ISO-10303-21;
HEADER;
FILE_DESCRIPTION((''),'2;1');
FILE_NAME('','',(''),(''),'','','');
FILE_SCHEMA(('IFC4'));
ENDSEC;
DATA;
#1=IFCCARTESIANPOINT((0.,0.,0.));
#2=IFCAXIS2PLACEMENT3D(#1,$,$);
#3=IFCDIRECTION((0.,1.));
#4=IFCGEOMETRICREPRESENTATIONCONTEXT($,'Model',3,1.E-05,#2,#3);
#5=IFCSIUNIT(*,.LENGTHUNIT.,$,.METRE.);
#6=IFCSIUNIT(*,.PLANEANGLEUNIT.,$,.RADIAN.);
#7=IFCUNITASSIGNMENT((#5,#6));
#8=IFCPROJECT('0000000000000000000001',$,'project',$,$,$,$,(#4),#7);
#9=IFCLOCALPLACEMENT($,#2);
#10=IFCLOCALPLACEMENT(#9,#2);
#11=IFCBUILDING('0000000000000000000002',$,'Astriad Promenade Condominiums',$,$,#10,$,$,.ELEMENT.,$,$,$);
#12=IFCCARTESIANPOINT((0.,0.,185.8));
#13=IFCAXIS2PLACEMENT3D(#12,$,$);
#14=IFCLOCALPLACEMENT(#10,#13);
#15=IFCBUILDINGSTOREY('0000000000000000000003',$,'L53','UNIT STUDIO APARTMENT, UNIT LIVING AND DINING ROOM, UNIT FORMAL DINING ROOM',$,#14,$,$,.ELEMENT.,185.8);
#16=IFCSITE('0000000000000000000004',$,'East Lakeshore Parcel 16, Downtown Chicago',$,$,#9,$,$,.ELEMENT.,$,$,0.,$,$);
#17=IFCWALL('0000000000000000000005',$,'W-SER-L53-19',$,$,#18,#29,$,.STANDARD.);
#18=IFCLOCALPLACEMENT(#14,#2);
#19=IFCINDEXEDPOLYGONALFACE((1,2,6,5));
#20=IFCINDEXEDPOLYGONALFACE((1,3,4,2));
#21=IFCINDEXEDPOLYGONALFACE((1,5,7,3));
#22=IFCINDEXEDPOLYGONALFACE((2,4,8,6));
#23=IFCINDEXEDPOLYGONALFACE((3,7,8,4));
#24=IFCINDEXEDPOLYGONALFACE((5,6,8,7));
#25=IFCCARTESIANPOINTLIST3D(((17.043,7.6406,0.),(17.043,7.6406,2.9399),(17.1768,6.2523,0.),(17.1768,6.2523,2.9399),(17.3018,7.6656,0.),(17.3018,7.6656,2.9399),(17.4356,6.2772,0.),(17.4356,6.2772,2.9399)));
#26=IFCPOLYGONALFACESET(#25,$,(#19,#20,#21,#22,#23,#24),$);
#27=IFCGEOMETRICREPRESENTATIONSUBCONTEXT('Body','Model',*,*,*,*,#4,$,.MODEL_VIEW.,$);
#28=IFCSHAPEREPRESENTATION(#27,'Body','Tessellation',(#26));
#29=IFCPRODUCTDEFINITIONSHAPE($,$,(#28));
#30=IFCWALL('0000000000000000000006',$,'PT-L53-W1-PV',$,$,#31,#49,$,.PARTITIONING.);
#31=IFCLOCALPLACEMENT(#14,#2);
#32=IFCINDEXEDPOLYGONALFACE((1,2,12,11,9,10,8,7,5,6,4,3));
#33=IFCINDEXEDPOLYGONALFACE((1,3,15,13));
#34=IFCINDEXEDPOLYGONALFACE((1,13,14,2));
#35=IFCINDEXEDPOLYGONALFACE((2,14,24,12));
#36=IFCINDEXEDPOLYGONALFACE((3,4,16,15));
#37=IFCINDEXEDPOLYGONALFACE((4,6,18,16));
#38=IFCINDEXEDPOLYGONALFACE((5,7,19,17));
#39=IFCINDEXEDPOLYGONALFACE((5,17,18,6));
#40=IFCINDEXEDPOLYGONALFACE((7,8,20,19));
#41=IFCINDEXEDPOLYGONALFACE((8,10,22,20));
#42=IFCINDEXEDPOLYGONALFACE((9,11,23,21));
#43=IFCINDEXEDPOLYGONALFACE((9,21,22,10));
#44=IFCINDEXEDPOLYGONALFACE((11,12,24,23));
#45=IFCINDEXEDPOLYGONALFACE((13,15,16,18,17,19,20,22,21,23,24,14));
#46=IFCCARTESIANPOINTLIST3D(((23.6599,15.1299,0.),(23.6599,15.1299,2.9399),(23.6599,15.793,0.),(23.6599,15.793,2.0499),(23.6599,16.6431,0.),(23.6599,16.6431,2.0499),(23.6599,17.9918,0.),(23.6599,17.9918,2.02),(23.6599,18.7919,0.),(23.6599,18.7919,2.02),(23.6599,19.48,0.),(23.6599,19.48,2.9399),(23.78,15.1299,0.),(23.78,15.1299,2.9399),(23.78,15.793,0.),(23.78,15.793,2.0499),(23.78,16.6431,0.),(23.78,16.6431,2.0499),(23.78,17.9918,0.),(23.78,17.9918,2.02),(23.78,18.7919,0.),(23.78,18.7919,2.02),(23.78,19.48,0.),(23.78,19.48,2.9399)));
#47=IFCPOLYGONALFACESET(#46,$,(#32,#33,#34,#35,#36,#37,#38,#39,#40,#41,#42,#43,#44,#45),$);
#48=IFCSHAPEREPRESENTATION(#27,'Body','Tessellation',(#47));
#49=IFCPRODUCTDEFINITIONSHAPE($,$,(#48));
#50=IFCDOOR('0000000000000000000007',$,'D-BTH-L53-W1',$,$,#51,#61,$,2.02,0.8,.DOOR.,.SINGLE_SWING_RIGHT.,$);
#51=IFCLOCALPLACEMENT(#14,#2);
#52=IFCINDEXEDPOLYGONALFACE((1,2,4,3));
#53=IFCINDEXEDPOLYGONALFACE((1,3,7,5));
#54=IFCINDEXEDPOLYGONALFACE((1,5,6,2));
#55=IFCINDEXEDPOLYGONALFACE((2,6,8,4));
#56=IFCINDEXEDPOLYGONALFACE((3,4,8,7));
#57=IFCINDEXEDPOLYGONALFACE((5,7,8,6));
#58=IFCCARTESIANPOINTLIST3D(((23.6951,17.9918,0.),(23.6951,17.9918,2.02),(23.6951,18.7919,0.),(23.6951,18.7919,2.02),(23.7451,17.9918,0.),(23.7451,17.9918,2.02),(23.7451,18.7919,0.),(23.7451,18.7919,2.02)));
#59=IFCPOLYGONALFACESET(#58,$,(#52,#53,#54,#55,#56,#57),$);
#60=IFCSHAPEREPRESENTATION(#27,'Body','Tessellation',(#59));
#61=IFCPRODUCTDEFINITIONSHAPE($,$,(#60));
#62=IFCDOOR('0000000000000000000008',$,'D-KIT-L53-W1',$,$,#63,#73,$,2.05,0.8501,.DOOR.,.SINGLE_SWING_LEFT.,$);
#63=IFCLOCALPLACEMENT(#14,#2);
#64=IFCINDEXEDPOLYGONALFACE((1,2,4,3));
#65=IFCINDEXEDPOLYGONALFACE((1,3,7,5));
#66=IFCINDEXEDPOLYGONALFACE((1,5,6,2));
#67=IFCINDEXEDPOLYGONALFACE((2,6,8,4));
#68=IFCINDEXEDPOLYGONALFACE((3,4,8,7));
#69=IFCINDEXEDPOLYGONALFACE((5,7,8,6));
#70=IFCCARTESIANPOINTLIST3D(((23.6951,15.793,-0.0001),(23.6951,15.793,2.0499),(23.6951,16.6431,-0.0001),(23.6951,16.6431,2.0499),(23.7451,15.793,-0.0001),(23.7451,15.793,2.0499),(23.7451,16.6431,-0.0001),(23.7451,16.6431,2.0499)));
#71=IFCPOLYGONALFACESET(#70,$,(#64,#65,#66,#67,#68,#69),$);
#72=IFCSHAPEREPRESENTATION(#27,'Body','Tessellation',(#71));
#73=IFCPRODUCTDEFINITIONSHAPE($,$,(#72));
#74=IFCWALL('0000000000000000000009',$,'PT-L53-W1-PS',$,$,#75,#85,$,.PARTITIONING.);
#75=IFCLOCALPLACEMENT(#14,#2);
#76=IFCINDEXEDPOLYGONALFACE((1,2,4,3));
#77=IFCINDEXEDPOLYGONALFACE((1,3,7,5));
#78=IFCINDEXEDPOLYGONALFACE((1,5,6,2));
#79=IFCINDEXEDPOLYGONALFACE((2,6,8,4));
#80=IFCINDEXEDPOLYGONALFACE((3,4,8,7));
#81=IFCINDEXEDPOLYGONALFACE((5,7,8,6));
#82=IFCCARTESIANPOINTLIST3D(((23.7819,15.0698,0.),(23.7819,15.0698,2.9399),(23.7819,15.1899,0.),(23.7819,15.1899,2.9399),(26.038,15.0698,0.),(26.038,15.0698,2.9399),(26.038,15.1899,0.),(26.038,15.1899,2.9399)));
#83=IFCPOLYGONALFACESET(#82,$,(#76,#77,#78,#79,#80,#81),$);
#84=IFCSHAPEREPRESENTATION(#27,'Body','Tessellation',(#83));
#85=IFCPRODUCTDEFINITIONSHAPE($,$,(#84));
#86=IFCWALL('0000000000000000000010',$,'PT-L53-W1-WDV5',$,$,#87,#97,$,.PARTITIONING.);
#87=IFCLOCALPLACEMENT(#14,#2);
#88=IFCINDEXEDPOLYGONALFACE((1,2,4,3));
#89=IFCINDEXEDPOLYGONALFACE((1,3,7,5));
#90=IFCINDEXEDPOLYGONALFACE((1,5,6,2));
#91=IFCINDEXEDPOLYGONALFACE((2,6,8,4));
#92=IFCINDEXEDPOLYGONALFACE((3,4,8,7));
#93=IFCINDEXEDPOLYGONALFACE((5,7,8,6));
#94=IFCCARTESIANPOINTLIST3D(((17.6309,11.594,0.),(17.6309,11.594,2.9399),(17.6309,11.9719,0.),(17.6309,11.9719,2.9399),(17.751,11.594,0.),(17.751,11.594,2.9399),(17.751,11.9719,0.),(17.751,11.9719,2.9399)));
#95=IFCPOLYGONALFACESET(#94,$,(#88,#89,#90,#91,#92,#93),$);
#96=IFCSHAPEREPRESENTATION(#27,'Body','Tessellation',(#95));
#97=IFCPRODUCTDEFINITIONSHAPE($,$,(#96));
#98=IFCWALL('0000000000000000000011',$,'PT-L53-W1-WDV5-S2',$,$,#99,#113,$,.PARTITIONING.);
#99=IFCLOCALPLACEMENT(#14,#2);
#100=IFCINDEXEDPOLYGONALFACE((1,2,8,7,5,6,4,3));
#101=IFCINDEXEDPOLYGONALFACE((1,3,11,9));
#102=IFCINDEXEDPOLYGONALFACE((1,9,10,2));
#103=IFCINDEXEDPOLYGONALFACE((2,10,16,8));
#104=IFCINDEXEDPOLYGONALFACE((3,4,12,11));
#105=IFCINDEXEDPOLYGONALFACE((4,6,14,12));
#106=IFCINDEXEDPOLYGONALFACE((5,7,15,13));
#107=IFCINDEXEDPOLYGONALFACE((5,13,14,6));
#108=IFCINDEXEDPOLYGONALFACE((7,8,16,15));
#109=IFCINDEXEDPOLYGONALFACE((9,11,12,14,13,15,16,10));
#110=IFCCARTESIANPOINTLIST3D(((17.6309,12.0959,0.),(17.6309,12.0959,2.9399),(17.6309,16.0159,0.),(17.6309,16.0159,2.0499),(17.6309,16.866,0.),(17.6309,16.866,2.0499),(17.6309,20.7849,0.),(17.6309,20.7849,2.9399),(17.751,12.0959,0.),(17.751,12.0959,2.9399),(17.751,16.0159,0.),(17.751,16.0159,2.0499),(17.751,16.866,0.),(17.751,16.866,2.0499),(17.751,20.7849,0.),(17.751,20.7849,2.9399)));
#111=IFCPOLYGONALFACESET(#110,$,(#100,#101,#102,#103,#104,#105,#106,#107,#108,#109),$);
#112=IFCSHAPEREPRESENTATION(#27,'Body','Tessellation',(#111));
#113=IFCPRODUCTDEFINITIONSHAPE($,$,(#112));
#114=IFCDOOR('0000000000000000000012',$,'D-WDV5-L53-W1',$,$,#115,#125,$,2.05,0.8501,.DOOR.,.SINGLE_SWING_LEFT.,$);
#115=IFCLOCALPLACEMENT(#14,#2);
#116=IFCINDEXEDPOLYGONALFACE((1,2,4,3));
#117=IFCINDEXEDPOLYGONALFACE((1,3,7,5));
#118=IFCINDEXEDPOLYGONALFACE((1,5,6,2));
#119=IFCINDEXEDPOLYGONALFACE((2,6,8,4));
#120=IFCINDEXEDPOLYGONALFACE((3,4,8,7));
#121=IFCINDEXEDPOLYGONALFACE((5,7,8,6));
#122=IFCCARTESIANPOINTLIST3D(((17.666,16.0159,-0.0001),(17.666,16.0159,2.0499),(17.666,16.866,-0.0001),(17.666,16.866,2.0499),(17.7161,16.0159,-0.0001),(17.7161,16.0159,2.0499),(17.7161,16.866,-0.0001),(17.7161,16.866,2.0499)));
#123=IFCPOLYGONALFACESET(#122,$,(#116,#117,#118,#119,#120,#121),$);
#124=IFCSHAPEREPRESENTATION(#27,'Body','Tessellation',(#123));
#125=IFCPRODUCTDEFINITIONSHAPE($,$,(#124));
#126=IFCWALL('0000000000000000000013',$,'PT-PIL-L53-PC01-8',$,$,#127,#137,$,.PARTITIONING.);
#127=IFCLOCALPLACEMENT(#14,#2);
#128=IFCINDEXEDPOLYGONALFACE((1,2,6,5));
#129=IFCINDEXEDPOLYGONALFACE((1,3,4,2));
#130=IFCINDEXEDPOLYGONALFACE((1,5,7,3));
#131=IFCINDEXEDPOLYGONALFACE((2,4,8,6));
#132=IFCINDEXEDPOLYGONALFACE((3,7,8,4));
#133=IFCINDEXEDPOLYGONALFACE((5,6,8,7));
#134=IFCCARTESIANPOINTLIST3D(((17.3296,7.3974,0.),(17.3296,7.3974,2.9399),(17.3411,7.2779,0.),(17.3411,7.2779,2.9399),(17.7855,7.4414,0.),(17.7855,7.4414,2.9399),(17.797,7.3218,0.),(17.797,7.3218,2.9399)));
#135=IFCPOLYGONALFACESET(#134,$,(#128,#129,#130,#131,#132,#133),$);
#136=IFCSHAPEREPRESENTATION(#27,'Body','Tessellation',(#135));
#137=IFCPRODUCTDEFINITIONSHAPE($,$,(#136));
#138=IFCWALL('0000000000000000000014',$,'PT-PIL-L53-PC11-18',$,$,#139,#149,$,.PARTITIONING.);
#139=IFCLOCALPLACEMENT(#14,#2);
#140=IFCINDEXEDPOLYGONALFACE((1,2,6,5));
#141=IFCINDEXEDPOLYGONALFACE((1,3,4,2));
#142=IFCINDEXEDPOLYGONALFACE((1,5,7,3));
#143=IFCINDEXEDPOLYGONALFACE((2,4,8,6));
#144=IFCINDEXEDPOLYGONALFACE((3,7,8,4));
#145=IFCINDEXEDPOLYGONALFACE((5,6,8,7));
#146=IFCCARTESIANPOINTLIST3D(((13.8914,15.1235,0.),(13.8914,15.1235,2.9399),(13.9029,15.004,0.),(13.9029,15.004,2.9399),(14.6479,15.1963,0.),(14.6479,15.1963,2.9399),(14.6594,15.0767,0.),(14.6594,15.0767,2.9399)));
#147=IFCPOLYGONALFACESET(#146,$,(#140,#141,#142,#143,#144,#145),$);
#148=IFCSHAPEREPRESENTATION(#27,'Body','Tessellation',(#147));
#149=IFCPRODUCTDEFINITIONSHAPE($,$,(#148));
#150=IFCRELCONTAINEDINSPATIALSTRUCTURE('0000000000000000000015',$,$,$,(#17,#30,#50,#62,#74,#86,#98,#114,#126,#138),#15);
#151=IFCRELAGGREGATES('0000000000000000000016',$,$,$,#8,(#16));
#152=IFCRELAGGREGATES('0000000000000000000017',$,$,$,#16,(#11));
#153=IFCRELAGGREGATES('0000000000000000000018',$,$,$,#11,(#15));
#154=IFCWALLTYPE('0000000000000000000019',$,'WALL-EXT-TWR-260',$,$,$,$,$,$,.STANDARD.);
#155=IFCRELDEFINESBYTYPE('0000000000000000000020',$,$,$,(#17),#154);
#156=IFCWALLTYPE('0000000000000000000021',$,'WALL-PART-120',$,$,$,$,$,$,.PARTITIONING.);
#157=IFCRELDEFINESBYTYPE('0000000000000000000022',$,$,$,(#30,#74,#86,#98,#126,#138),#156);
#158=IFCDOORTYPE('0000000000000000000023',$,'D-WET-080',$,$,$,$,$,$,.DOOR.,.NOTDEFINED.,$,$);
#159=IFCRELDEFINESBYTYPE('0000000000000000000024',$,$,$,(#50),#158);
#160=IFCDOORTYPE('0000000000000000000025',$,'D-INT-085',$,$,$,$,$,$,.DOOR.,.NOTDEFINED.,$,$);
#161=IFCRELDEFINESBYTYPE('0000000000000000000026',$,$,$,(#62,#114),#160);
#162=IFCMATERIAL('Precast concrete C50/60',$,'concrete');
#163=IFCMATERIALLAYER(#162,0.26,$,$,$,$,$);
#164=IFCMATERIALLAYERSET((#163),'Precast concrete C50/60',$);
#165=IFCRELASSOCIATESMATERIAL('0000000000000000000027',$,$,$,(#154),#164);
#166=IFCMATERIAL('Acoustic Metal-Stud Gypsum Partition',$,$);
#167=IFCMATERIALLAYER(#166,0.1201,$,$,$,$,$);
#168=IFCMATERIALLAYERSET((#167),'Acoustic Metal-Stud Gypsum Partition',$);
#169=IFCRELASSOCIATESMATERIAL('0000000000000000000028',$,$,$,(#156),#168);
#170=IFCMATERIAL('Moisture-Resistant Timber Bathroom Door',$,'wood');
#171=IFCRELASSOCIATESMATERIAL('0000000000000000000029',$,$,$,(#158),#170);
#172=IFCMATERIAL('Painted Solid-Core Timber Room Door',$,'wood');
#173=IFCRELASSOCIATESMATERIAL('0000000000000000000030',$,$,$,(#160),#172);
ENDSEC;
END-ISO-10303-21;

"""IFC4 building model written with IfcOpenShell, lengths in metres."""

from ifc_helpers import new_model, si_unit, direction, frame, frame_2d, origin, place, context, subcontext, project, spatial, rectangle, extrude, source, transform, mapped, material, layer, layer_set, type_object, type_shapes, element, fill, save


model = new_model("IFC4")

# Units and contexts
model_context = context("Model", 3, precision=1e-05, world=origin(), true_north=direction((0.0, 1.0)))
body_context = subcontext(model_context, "Body", "Model", "MODEL_VIEW")
ifc_project = project(units=[si_unit("LENGTHUNIT", "METRE"), si_unit("PLANEANGLEUNIT", "RADIAN")], contexts=[model_context])

# Site, building, storey
site_placement = place(None, origin())
site = spatial("IfcSite", under=ifc_project, at=site_placement, Name="East Lakeshore Parcel 16, Downtown Chicago", CompositionType="ELEMENT", RefElevation=0.0)
building_placement = place(site_placement, origin())
building = spatial("IfcBuilding", under=site, at=building_placement, Name="Astriad Promenade Condominiums", CompositionType="ELEMENT")
storey_placement = place(building_placement, frame((0.0, 0.0, 185.8)))
storey = spatial("IfcBuildingStorey", under=building, at=storey_placement, Name="L53", Description="UNIT STUDIO APARTMENT, UNIT LIVING AND DINING ROOM, UNIT FORMAL DINING ROOM", CompositionType="ELEMENT", Elevation=185.8)

# Wall
ifc_material_1 = material(Name="Precast concrete C50/60", Category="concrete")
ifc_layer_1 = layer(ifc_material_1, 0.26)
ifc_layer_set_1 = layer_set([ifc_layer_1], Name="Precast concrete C50/60")
wall_type_1 = type_object("IfcWallType", Name="WALL-EXT-TWR-260", PredefinedType="STANDARD", material=ifc_layer_set_1)
wall_1_placement = place(storey_placement, frame((17.3062, 6.2649, 0.0), z_axis=(0.0, 0.0, 1.0), x_axis=(-0.095916, 0.995389, 0.0)))
element("IfcWall", 1, at=wall_1_placement, inside=storey, type_object=wall_type_1, Name="W-SER-L53-19", PredefinedType="STANDARD", context=body_context, shape_type="SweptSolid", body=[
    extrude(rectangle(XDim=1.3948, YDim=0.26, at=frame_2d((0.6973, 0.0))), origin(), (0.0, 0.0, 1.0), 2.9399),
])

# Wall, openings, doors
ifc_material_2 = material(Name="Acoustic Metal-Stud Gypsum Partition")
ifc_layer_2 = layer(ifc_material_2, 0.1201)
ifc_layer_set_2 = layer_set([ifc_layer_2], Name="Acoustic Metal-Stud Gypsum Partition")
wall_type_2 = type_object("IfcWallType", Name="WALL-PART-120", PredefinedType="PARTITIONING", material=ifc_layer_set_2)
wall_2_placement = place(storey_placement, frame((23.72, 15.1299, 0.0), z_axis=(0.0, 0.0, 1.0), x_axis=(0.0, 1.0, 0.0)))
wall_2 = element("IfcWall", 2, at=wall_2_placement, inside=storey, type_object=wall_type_2, Name="PT-L53-W1-PV", PredefinedType="PARTITIONING", context=body_context, shape_type="SweptSolid", body=[
    extrude(rectangle(XDim=4.3501, YDim=0.1201, at=frame_2d((2.175, 0.0))), origin(), (0.0, 0.0, 1.0), 2.9399),
])
opening_1_placement = place(wall_2_placement, frame((0.6631, 0.0, 0.0)))
opening_1 = element("IfcOpeningElement", 3, at=opening_1_placement, cuts=wall_2, PredefinedType="OPENING", context=body_context, shape_type="SweptSolid", body=[
    extrude(rectangle(XDim=0.8501, YDim=2.05, at=frame_2d((0.425, 1.0249))), frame((0.0, 0.0701, 0.0), z_axis=(0.0, -1.0, 0.0), x_axis=(1.0, 0.0, 0.0)), (0.0, 0.0, 1.0), 0.1401),
])
opening_2_placement = place(wall_2_placement, frame((2.8621, 0.0, 0.0)))
opening_2 = element("IfcOpeningElement", 4, at=opening_2_placement, cuts=wall_2, PredefinedType="OPENING", context=body_context, shape_type="SweptSolid", body=[
    extrude(rectangle(XDim=0.8, YDim=2.02, at=frame_2d((0.3999, 1.01))), frame((0.0, 0.0701, 0.0), z_axis=(0.0, -1.0, 0.0), x_axis=(1.0, 0.0, 0.0)), (0.0, 0.0, 1.0), 0.1401),
])
ifc_material_3 = material(Name="Moisture-Resistant Timber Bathroom Door", Category="wood")
door_type_1 = type_object("IfcDoorType", Name="D-WET-080", OperationType="NOTDEFINED", PredefinedType="DOOR", material=ifc_material_3)
shared_shape_1 = source(origin(), body_context, "Body", "SweptSolid", [
    extrude(rectangle(XDim=0.8, YDim=2.02, at=frame_2d((0.3999, 1.01))), frame((0.0, 0.0249, 0.0), z_axis=(0.0, -1.0, 0.0), x_axis=(1.0, 0.0, 0.0)), (0.0, 0.0, 1.0), 0.05),
])
type_shapes(door_type_1, [shared_shape_1])
door_1_placement = place(opening_2_placement, origin())
door_1 = element("IfcDoor", 5, at=door_1_placement, inside=storey, type_object=door_type_1, Name="D-BTH-L53-W1", OperationType="SINGLE_SWING_RIGHT", OverallHeight=2.02, OverallWidth=0.8, PredefinedType="DOOR", context=body_context, shape_type="MappedRepresentation", body=[
    mapped(shared_shape_1, transform((0.0, 0.0, 0.0), scale=1.0)),
])
fill(opening_2, door_1)
ifc_material_4 = material(Name="Painted Solid-Core Timber Room Door", Category="wood")
door_type_2 = type_object("IfcDoorType", Name="D-INT-085", OperationType="NOTDEFINED", PredefinedType="DOOR", material=ifc_material_4)
shared_shape_2 = source(origin(), body_context, "Body", "SweptSolid", [
    extrude(rectangle(XDim=0.8501, YDim=2.05, at=frame_2d((0.425, 1.0249))), frame((0.0, 0.0249, 0.0), z_axis=(0.0, -1.0, 0.0), x_axis=(1.0, 0.0, 0.0)), (0.0, 0.0, 1.0), 0.05),
])
type_shapes(door_type_2, [shared_shape_2])
door_2_placement = place(opening_1_placement, origin())
door_2 = element("IfcDoor", 6, at=door_2_placement, inside=storey, type_object=door_type_2, Name="D-KIT-L53-W1", OperationType="SINGLE_SWING_LEFT", OverallHeight=2.05, OverallWidth=0.8501, PredefinedType="DOOR", context=body_context, shape_type="MappedRepresentation", body=[
    mapped(shared_shape_2, transform((0.0, 0.0, 0.0), scale=1.0)),
])
fill(opening_1, door_2)

# Walls
wall_3_placement = place(storey_placement, frame((23.782, 15.1299, 0.0), z_axis=(0.0, 0.0, 1.0), x_axis=(1.0, 0.0, 0.0)))
element("IfcWall", 7, at=wall_3_placement, inside=storey, type_object=wall_type_2, Name="PT-L53-W1-PS", PredefinedType="PARTITIONING", context=body_context, shape_type="SweptSolid", body=[
    extrude(rectangle(XDim=2.2561, YDim=0.1201, at=frame_2d((1.1279, 0.0))), origin(), (0.0, 0.0, 1.0), 2.9399),
])
wall_4_placement = place(storey_placement, frame((17.6909, 11.594, 0.0), z_axis=(0.0, 0.0, 1.0), x_axis=(0.0, 1.0, 0.0)))
element("IfcWall", 8, at=wall_4_placement, inside=storey, type_object=wall_type_2, Name="PT-L53-W1-WDV5", PredefinedType="PARTITIONING", context=body_context, shape_type="SweptSolid", body=[
    extrude(rectangle(XDim=0.3779, YDim=0.1201, at=frame_2d((0.189, 0.0))), origin(), (0.0, 0.0, 1.0), 2.9399),
])

# Wall, opening, door
wall_5_placement = place(storey_placement, frame((17.6909, 12.0959, 0.0), z_axis=(0.0, 0.0, 1.0), x_axis=(0.0, 1.0, 0.0)))
wall_5 = element("IfcWall", 9, at=wall_5_placement, inside=storey, type_object=wall_type_2, Name="PT-L53-W1-WDV5-S2", PredefinedType="PARTITIONING", context=body_context, shape_type="SweptSolid", body=[
    extrude(rectangle(XDim=8.689, YDim=0.1201, at=frame_2d((4.3445, 0.0))), origin(), (0.0, 0.0, 1.0), 2.9399),
])
opening_3_placement = place(wall_5_placement, frame((3.9199, 0.0, 0.0)))
opening_3 = element("IfcOpeningElement", 10, at=opening_3_placement, cuts=wall_5, PredefinedType="OPENING", context=body_context, shape_type="SweptSolid", body=[
    extrude(rectangle(XDim=0.8501, YDim=2.05, at=frame_2d((0.425, 1.0249))), frame((0.0, 0.0701, 0.0), z_axis=(0.0, -1.0, 0.0), x_axis=(1.0, 0.0, 0.0)), (0.0, 0.0, 1.0), 0.1401),
])
door_3_placement = place(opening_3_placement, origin())
door_3 = element("IfcDoor", 11, at=door_3_placement, inside=storey, type_object=door_type_2, Name="D-WDV5-L53-W1", OperationType="SINGLE_SWING_LEFT", OverallHeight=2.05, OverallWidth=0.8501, PredefinedType="DOOR", context=body_context, shape_type="MappedRepresentation", body=[
    mapped(shared_shape_2, transform((0.0, 0.0, 0.0), scale=1.0)),
])
fill(opening_3, door_3)

# Walls
wall_6_placement = place(storey_placement, frame((17.7913, 7.3816, 0.0), z_axis=(0.0, 0.0, 1.0), x_axis=(-0.995385, -0.095966, 0.0)))
element("IfcWall", 12, at=wall_6_placement, inside=storey, type_object=wall_type_2, Name="PT-PIL-L53-PC01-8", PredefinedType="PARTITIONING", context=body_context, shape_type="SweptSolid", body=[
    extrude(rectangle(XDim=0.458, YDim=0.1201, at=frame_2d((0.229, 0.0))), origin(), (0.0, 0.0, 1.0), 2.9399),
])
wall_7_placement = place(storey_placement, frame((14.6536, 15.1365, 0.0), z_axis=(0.0, 0.0, 1.0), x_axis=(-0.995408, -0.095719, 0.0)))
element("IfcWall", 13, at=wall_7_placement, inside=storey, type_object=wall_type_2, Name="PT-PIL-L53-PC11-18", PredefinedType="PARTITIONING", context=body_context, shape_type="SweptSolid", body=[
    extrude(rectangle(XDim=0.76, YDim=0.1201, at=frame_2d((0.3799, 0.0))), origin(), (0.0, 0.0, 1.0), 2.9399),
])

save(model, "model.ifc")
